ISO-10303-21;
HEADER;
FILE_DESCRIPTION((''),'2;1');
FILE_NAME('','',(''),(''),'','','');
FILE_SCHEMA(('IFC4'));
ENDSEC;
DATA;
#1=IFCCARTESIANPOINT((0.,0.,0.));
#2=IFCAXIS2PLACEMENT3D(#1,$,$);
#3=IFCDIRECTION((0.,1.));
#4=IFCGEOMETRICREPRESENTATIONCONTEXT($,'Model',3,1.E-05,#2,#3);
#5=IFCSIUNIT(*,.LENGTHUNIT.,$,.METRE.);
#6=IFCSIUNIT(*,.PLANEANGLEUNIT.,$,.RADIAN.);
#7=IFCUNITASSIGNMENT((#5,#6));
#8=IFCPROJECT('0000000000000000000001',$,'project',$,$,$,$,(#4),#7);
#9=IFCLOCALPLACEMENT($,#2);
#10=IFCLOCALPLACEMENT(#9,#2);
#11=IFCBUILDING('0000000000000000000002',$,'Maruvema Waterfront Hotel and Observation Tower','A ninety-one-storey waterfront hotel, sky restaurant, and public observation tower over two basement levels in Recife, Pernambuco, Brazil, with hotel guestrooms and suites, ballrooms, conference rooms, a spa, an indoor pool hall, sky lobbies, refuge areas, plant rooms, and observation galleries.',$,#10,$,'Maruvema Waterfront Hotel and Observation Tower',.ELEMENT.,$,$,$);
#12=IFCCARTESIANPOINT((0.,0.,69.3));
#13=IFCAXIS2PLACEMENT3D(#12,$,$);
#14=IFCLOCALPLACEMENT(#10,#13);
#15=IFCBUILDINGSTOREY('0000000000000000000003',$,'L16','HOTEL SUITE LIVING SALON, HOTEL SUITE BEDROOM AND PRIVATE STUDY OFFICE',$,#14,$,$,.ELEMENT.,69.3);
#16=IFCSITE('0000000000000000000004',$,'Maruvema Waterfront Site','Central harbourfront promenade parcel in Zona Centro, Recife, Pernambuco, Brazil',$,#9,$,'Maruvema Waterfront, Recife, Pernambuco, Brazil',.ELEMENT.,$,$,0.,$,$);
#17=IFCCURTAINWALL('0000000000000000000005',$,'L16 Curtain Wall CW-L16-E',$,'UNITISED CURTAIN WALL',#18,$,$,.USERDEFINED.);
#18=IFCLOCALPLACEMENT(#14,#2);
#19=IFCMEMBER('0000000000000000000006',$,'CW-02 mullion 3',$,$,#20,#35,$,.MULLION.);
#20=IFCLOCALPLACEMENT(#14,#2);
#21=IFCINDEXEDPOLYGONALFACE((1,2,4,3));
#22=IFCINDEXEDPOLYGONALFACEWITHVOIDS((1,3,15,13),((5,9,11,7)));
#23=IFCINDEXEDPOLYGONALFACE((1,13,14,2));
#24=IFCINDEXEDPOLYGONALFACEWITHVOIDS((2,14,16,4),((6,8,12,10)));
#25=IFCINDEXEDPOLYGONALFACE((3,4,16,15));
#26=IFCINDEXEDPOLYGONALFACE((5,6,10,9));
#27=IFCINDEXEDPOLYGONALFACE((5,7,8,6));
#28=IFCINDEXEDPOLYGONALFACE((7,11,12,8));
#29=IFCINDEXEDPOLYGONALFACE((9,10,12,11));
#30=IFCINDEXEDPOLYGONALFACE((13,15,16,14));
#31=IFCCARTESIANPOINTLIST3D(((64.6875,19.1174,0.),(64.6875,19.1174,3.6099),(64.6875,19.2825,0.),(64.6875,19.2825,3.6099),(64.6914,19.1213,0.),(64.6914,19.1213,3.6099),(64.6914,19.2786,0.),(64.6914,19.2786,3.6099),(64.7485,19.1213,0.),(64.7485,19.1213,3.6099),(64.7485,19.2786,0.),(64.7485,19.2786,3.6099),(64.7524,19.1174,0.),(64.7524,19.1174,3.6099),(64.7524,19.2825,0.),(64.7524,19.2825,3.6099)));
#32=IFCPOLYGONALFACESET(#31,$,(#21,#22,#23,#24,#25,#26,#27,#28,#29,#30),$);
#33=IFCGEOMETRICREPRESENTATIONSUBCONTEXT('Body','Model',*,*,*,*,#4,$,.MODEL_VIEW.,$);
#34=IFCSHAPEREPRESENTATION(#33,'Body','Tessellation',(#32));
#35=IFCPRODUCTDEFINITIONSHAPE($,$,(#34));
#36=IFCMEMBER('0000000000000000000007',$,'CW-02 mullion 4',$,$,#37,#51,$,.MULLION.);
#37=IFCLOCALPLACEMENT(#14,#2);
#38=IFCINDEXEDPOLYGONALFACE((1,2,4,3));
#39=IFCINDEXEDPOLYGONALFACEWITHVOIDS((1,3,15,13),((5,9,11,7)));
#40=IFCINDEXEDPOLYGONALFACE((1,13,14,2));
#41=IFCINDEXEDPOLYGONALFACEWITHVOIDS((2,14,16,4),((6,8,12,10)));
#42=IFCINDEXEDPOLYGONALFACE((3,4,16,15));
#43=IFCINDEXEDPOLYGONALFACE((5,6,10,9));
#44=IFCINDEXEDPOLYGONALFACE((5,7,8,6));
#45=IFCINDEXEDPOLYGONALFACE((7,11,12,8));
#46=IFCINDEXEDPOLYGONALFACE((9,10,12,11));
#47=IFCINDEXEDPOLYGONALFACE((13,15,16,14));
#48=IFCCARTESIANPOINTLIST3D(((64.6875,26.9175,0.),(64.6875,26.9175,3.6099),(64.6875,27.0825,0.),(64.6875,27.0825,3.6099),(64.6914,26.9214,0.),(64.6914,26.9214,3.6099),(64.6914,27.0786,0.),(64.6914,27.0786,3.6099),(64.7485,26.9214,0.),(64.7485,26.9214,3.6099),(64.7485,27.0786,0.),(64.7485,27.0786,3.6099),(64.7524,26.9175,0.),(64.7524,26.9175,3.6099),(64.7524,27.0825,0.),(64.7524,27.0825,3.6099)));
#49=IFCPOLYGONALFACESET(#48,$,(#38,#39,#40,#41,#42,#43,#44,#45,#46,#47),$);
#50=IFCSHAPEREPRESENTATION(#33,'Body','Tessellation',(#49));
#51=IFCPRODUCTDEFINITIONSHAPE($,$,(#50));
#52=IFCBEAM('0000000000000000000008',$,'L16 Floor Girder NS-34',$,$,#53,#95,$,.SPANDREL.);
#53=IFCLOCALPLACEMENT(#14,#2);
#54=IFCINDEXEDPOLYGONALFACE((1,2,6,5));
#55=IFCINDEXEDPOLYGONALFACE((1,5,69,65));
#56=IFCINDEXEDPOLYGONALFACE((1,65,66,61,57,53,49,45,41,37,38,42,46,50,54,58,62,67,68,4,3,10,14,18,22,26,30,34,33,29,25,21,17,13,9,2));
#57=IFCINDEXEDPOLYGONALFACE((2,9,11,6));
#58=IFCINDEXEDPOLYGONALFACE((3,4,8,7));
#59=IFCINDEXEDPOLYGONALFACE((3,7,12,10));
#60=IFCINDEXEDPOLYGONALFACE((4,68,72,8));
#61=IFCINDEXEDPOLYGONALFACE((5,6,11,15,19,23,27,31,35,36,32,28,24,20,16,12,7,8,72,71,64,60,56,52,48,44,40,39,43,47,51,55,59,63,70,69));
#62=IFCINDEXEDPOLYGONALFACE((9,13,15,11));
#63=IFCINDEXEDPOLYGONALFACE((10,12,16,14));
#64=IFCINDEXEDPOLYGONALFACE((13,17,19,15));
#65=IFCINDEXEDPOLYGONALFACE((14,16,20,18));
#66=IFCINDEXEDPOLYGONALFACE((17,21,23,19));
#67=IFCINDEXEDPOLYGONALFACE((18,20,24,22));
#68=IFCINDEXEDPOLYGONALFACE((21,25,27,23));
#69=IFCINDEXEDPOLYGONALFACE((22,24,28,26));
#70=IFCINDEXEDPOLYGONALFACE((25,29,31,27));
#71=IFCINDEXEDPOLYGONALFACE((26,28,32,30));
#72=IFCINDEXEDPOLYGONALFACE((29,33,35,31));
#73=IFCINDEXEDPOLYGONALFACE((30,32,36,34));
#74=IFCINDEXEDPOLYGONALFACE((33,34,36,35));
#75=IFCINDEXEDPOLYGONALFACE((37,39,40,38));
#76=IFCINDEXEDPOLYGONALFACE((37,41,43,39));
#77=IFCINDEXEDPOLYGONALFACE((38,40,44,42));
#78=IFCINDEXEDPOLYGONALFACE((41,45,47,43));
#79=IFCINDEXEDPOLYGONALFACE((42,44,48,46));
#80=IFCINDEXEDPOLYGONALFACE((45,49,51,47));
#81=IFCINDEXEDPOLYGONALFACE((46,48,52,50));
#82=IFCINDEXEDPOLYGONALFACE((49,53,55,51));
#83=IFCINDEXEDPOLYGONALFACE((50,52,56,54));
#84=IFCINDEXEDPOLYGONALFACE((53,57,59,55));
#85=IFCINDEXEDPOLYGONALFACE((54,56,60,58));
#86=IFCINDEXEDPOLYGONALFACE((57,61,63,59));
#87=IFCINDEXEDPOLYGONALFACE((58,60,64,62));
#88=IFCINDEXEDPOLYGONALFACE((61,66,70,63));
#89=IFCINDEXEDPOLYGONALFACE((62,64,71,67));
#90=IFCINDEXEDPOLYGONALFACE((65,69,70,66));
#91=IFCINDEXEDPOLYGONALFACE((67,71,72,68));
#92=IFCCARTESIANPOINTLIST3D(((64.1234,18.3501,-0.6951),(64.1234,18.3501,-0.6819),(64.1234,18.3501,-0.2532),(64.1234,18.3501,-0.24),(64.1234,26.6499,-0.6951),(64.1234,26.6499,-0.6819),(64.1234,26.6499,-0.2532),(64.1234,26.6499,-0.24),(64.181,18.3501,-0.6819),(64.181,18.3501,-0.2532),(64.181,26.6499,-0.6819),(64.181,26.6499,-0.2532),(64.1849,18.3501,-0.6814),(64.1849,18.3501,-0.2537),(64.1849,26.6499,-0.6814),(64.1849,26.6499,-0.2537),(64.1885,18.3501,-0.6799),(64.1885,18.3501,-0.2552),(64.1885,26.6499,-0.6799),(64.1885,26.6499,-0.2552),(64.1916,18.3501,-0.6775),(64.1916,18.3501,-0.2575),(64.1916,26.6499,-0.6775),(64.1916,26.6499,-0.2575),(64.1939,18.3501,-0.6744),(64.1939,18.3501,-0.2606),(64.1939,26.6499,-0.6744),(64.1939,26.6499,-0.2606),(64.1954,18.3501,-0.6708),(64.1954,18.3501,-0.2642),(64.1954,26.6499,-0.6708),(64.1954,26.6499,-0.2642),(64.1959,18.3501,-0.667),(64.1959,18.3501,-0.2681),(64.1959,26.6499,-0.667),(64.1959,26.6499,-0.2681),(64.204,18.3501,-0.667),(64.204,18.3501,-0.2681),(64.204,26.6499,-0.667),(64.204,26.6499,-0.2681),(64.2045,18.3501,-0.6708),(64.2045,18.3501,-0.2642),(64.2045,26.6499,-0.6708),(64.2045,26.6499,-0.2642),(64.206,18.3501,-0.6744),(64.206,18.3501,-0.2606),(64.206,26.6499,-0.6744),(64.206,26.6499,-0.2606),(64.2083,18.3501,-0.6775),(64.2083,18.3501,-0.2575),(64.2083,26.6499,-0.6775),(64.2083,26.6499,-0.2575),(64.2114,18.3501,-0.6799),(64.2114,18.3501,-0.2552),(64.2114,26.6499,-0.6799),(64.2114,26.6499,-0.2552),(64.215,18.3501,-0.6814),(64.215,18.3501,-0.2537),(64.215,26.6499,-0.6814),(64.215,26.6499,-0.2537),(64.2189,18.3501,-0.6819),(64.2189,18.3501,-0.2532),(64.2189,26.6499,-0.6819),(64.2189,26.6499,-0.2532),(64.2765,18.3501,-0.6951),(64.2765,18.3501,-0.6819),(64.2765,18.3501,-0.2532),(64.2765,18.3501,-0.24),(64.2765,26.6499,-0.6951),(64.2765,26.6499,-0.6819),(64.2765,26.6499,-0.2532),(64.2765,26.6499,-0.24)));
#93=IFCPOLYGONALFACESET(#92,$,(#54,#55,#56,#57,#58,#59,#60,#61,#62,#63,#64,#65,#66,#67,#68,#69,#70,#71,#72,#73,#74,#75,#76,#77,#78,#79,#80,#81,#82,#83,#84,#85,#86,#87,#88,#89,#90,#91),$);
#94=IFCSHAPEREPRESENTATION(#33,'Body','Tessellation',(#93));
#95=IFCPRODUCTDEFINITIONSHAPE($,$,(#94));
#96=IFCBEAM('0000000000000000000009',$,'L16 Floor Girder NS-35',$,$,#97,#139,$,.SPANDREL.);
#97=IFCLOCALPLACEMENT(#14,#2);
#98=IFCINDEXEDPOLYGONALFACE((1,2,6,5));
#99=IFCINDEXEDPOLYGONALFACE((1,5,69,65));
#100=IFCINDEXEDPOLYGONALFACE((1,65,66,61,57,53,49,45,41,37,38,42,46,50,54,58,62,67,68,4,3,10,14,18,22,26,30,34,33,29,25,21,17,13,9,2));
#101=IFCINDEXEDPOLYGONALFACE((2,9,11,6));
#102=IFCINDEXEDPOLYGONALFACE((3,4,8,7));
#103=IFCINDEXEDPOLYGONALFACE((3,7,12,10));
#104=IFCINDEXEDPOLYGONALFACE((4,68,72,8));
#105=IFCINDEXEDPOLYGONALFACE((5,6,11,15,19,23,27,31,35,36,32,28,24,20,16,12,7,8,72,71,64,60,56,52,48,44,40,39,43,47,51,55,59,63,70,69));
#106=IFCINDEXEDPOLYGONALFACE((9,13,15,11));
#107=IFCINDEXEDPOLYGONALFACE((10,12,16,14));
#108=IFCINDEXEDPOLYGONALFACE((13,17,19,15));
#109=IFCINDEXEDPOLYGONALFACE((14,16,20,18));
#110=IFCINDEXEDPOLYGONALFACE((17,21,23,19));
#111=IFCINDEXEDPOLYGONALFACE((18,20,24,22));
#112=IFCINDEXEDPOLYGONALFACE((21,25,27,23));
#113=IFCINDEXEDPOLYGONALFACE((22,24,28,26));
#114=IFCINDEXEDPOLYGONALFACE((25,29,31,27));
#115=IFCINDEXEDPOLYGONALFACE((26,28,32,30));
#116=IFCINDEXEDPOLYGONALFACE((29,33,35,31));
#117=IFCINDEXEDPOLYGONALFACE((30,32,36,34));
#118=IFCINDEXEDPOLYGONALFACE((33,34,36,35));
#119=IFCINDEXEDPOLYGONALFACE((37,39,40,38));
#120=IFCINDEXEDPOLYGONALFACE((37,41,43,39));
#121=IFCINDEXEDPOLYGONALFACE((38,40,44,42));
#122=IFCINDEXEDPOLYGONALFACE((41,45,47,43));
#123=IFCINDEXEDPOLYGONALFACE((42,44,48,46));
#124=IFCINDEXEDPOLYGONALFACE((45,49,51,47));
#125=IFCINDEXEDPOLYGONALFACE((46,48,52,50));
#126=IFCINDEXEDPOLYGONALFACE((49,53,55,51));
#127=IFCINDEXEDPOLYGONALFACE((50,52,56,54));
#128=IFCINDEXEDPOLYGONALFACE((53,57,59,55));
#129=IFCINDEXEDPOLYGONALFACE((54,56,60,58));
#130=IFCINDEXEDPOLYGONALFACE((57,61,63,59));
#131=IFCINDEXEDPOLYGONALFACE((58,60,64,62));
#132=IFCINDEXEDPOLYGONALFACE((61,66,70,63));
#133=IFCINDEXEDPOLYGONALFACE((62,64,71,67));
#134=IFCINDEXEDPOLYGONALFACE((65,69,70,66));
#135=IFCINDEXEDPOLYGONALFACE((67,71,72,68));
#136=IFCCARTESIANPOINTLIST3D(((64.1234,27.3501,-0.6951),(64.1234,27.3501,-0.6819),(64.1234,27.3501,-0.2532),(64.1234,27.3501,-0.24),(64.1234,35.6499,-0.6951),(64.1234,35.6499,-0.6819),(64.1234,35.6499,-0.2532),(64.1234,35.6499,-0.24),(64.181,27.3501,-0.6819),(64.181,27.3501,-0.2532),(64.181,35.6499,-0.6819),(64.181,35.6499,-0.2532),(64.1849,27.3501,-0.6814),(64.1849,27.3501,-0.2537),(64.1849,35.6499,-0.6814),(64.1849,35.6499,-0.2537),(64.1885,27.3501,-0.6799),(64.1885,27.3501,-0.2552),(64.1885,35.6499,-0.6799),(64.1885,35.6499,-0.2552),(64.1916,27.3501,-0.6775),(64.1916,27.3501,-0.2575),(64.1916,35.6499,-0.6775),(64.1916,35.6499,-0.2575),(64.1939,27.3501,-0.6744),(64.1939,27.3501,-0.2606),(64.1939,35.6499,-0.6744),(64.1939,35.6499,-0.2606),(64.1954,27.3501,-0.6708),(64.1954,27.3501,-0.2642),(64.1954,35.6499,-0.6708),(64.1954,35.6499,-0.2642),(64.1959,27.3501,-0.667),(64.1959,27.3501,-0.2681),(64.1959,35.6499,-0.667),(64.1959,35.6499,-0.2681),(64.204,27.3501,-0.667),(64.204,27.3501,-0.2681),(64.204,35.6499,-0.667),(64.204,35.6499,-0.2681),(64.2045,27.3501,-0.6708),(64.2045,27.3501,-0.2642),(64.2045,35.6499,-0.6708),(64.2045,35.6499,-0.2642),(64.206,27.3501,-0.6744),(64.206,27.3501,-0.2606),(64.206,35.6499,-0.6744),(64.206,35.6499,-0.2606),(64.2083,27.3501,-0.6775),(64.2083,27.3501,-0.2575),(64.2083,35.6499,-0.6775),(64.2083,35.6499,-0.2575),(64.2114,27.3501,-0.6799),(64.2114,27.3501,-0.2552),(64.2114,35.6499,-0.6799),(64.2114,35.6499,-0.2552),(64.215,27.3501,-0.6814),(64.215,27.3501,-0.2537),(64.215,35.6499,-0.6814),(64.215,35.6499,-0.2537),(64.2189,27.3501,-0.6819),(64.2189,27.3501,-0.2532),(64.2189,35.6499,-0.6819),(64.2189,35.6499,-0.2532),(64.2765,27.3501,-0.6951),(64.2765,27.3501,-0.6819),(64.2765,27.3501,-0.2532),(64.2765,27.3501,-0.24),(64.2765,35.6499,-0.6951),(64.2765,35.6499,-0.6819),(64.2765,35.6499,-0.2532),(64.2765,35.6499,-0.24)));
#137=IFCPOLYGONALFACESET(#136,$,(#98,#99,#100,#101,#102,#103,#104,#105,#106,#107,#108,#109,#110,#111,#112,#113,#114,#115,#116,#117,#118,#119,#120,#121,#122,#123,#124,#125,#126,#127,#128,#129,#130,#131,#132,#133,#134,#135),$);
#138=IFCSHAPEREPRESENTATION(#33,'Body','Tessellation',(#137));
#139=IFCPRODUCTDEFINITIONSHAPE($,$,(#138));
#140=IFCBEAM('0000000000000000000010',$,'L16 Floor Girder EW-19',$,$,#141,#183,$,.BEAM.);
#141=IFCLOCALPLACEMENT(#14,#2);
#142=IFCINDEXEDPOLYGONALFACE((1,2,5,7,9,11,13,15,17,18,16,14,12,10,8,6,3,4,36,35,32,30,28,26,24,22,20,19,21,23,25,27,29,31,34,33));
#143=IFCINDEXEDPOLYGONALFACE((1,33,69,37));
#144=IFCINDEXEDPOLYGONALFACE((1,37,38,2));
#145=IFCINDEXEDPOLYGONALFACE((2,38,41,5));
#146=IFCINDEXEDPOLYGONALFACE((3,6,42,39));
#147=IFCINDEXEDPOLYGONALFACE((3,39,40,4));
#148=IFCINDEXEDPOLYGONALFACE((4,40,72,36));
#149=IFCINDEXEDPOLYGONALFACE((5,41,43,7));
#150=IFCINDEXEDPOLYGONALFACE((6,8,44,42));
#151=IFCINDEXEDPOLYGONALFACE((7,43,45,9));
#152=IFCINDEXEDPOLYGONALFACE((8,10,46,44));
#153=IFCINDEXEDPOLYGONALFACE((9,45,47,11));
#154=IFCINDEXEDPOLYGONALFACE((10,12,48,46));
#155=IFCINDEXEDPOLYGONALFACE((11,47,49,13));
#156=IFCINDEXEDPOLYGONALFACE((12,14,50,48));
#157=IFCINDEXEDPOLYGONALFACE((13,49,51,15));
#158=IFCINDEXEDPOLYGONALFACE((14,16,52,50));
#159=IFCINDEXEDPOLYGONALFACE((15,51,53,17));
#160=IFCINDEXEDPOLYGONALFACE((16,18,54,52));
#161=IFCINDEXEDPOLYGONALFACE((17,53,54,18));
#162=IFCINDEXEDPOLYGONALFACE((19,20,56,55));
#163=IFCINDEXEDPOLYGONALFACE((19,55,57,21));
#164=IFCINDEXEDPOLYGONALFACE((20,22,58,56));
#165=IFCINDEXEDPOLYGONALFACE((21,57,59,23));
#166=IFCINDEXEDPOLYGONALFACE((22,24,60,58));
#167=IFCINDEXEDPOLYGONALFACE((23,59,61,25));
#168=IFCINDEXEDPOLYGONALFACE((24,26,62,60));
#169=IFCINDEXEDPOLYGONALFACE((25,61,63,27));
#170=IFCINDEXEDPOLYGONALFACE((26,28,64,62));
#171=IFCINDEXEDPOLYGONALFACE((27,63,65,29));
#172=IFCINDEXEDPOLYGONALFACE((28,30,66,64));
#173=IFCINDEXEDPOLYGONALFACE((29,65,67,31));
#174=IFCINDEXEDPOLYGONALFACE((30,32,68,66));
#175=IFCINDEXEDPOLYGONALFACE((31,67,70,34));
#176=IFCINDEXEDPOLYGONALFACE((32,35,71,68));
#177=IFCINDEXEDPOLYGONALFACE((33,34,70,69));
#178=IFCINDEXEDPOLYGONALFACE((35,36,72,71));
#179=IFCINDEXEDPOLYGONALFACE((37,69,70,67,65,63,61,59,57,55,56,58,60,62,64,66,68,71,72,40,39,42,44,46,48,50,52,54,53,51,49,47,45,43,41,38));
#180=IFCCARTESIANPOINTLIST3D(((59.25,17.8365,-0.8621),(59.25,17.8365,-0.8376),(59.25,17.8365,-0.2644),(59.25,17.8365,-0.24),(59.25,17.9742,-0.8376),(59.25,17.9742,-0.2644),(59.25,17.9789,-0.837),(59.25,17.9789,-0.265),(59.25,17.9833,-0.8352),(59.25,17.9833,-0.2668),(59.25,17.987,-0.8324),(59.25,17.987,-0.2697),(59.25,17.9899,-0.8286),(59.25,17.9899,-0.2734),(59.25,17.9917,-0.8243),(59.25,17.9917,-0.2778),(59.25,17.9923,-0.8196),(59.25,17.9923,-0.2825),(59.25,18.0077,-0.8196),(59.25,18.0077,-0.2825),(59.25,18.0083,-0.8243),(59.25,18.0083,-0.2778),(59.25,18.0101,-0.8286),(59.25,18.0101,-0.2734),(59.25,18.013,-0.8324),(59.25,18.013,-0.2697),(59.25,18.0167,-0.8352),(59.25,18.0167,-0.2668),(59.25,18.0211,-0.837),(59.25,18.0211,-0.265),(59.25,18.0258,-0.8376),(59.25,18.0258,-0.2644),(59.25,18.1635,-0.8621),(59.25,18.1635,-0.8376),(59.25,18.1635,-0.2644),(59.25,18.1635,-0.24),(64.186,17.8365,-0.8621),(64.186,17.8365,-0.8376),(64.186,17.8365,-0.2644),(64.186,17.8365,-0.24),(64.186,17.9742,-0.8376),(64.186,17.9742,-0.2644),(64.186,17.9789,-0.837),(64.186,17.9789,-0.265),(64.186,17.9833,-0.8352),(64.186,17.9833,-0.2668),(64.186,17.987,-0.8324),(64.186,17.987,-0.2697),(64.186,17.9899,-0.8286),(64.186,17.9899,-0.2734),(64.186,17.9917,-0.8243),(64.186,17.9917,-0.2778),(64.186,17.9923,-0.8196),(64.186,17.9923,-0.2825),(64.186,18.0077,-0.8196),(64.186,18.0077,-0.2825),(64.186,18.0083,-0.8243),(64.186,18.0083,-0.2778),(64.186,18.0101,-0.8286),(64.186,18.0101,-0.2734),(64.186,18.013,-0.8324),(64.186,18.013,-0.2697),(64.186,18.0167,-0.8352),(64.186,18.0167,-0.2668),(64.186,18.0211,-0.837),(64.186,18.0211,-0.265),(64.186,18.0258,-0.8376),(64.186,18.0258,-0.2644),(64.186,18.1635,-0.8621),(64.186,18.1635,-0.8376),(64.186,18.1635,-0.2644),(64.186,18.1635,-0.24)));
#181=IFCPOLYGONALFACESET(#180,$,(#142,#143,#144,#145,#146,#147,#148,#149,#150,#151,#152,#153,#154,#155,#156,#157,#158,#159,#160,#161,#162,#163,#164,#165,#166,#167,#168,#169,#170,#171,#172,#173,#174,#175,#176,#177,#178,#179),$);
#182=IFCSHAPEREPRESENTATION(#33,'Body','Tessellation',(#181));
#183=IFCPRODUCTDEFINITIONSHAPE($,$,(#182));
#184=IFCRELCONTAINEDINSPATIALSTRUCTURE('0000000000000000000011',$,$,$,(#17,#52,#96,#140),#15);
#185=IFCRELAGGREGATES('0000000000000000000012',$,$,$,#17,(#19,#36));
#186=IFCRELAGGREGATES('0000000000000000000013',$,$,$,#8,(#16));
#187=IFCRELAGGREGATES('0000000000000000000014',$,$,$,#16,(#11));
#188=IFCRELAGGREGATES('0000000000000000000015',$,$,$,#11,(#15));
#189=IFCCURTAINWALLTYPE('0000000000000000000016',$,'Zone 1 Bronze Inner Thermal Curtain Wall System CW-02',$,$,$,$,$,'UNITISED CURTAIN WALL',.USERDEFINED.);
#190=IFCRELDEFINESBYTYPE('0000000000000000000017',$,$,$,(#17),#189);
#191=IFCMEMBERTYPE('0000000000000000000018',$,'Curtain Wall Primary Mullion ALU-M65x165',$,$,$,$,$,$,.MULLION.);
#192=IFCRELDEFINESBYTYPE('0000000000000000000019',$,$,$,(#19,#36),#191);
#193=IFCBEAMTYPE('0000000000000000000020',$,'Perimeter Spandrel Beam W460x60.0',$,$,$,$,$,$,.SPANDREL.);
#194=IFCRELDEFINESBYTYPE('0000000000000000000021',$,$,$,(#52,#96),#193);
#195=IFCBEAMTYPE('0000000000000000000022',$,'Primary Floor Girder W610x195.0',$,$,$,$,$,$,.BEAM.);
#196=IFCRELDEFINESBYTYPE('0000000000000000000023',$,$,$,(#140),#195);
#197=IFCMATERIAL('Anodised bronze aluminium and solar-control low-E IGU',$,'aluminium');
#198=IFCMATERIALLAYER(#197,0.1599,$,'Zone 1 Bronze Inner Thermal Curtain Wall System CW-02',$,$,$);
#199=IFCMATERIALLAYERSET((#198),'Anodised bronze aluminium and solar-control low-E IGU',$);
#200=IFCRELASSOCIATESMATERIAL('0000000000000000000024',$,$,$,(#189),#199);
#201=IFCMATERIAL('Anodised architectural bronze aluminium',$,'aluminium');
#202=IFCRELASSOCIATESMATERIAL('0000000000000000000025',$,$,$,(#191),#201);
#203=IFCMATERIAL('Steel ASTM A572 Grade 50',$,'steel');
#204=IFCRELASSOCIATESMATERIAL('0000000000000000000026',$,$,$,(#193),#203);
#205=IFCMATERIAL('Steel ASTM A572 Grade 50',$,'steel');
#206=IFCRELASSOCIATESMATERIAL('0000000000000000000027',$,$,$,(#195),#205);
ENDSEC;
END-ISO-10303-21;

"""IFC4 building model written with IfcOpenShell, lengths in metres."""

from ifc_helpers import new_model, si_unit, direction, frame, origin, origin_2d, place, context, subcontext, project, spatial, hollow_rectangle, i_section, extrude, material, layer, layer_set, material_profile, profile_set, type_object, element, aggregate, save


model = new_model("IFC4")

# Units and contexts
model_context = context("Model", 3, precision=1e-05, world=origin(), true_north=direction((0.0, 1.0)))
body_context = subcontext(model_context, "Body", "Model", "MODEL_VIEW")
ifc_project = project(units=[si_unit("LENGTHUNIT", "METRE"), si_unit("PLANEANGLEUNIT", "RADIAN")], contexts=[model_context])

# Site, building, storey
site_placement = place(None, origin())
site = spatial("IfcSite", under=ifc_project, at=site_placement, Name="Maruvema Waterfront Site", Description="Central harbourfront promenade parcel in Zona Centro, Recife, Pernambuco, Brazil", LongName="Maruvema Waterfront, Recife, Pernambuco, Brazil", CompositionType="ELEMENT", RefElevation=0.0)
building_placement = place(site_placement, origin())
building = spatial("IfcBuilding", under=site, at=building_placement, Name="Maruvema Waterfront Hotel and Observation Tower", Description="A ninety-one-storey waterfront hotel, sky restaurant, and public observation tower over two basement levels in Recife, Pernambuco, Brazil, with hotel guestrooms and suites, ballrooms, conference rooms, a spa, an indoor pool hall, sky lobbies, refuge areas, plant rooms, and observation galleries.", LongName="Maruvema Waterfront Hotel and Observation Tower", CompositionType="ELEMENT")
storey_placement = place(building_placement, frame((0.0, 0.0, 69.3)))
storey = spatial("IfcBuildingStorey", under=building, at=storey_placement, Name="L16", Description="HOTEL SUITE LIVING SALON, HOTEL SUITE BEDROOM AND PRIVATE STUDY OFFICE", CompositionType="ELEMENT", Elevation=69.3)

# Curtain wall, members
ifc_material_1 = material(Name="Anodised bronze aluminium and solar-control low-E IGU", Category="aluminium")
ifc_layer_1 = layer(ifc_material_1, 0.1599, Name="Zone 1 Bronze Inner Thermal Curtain Wall System CW-02")
ifc_layer_set_1 = layer_set([ifc_layer_1], Name="Anodised bronze aluminium and solar-control low-E IGU")
curtain_wall_type = type_object("IfcCurtainWallType", Name="Zone 1 Bronze Inner Thermal Curtain Wall System CW-02", ElementType="UNITISED CURTAIN WALL", PredefinedType="USERDEFINED", material=ifc_layer_set_1)
curtain_wall_placement = place(storey_placement, origin())
curtain_wall = element("IfcCurtainWall", 1, at=curtain_wall_placement, inside=storey, type_object=curtain_wall_type, Name="L16 Curtain Wall CW-L16-E", ObjectType="UNITISED CURTAIN WALL", PredefinedType="USERDEFINED")
ifc_material_2 = material(Name="Anodised architectural bronze aluminium", Category="aluminium")
ifc_material_profile_1 = material_profile(ifc_material_2, hollow_rectangle(XDim=0.0649, YDim=0.165, WallThickness=0.0039, at=origin_2d()), Name="ALU-M65x165")
ifc_profile_set_1 = profile_set([ifc_material_profile_1], Name="Anodised architectural bronze aluminium")
member_type_1 = type_object("IfcMemberType", Name="Curtain Wall Primary Mullion ALU-M65x165", PredefinedType="MULLION", material=ifc_profile_set_1)
member_1_placement = place(storey_placement, frame((64.72, 19.2, 0.0), z_axis=(0.0, 0.0, 1.0), x_axis=(-1.0, 0.0, 0.0)))
member_1 = element("IfcMember", 2, at=member_1_placement, type_object=member_type_1, Name="CW-02 mullion 3", PredefinedType="MULLION", context=body_context, shape_type="SweptSolid", body=[
    extrude(hollow_rectangle(XDim=0.0649, YDim=0.165, WallThickness=0.0039, at=origin_2d()), origin(), (0.0, 0.0, 1.0), 3.6099),
])
member_2_placement = place(storey_placement, frame((64.72, 27.0, 0.0), z_axis=(0.0, 0.0, 1.0), x_axis=(-1.0, 0.0, 0.0)))
member_2 = element("IfcMember", 3, at=member_2_placement, type_object=member_type_1, Name="CW-02 mullion 4", PredefinedType="MULLION", context=body_context, shape_type="SweptSolid", body=[
    extrude(hollow_rectangle(XDim=0.0649, YDim=0.165, WallThickness=0.0039, at=origin_2d()), origin(), (0.0, 0.0, 1.0), 3.6099),
])

# Beams
ifc_material_3 = material(Name="Steel ASTM A572 Grade 50", Category="steel")
ifc_material_profile_2 = material_profile(ifc_material_3, i_section(OverallWidth=0.1531, OverallDepth=0.4551, WebThickness=0.0081, FlangeThickness=0.0132, FilletRadius=0.0149, at=origin_2d()), Name="W460x60.0")
ifc_profile_set_2 = profile_set([ifc_material_profile_2], Name="Steel ASTM A572 Grade 50")
beam_type_1 = type_object("IfcBeamType", Name="Perimeter Spandrel Beam W460x60.0", PredefinedType="SPANDREL", material=ifc_profile_set_2)
for number, where, z_axis, x_axis, name in (
    (4, (64.2, 18.3501, -0.4675), (0.0, 1.0, 0.0), (-1.0, 0.0, 0.0), "L16 Floor Girder NS-34"),
    (5, (64.2, 27.3501, -0.4675), (0.0, 1.0, 0.0), (-1.0, 0.0, 0.0), "L16 Floor Girder NS-35"),
):
    element("IfcBeam", number, at=place(storey_placement, frame(where, z_axis=z_axis, x_axis=x_axis)), inside=storey, type_object=beam_type_1, Name=name, PredefinedType="SPANDREL", context=body_context, shape_type="SweptSolid", body=[
        extrude(i_section(OverallWidth=0.1531, OverallDepth=0.4551, WebThickness=0.0081, FlangeThickness=0.0132, FilletRadius=0.0149, at=origin_2d()), origin(), (0.0, 0.0, 1.0), 8.2998),
    ])
ifc_material_4 = material(Name="Steel ASTM A572 Grade 50", Category="steel")
ifc_material_profile_3 = material_profile(ifc_material_4, i_section(OverallWidth=0.3269, OverallDepth=0.6221, WebThickness=0.0154, FlangeThickness=0.0244, FilletRadius=0.0181, at=origin_2d()), Name="W610x195.0")
ifc_profile_set_3 = profile_set([ifc_material_profile_3], Name="Steel ASTM A572 Grade 50")
beam_type_2 = type_object("IfcBeamType", Name="Primary Floor Girder W610x195.0", PredefinedType="BEAM", material=ifc_profile_set_3)
for number, where, z_axis, x_axis, name in (
    (6, (59.25, 18.0, -0.551), (1.0, 0.0, 0.0), (0.0, 1.0, 0.0), "L16 Floor Girder EW-19"),
):
    element("IfcBeam", number, at=place(storey_placement, frame(where, z_axis=z_axis, x_axis=x_axis)), inside=storey, type_object=beam_type_2, Name=name, PredefinedType="BEAM", context=body_context, shape_type="SweptSolid", body=[
        extrude(i_section(OverallWidth=0.3269, OverallDepth=0.6221, WebThickness=0.0154, FlangeThickness=0.0244, FilletRadius=0.0181, at=origin_2d()), origin(), (0.0, 0.0, 1.0), 4.936),
    ])

aggregate(curtain_wall, [member_1, member_2])

save(model, "model.ifc")
